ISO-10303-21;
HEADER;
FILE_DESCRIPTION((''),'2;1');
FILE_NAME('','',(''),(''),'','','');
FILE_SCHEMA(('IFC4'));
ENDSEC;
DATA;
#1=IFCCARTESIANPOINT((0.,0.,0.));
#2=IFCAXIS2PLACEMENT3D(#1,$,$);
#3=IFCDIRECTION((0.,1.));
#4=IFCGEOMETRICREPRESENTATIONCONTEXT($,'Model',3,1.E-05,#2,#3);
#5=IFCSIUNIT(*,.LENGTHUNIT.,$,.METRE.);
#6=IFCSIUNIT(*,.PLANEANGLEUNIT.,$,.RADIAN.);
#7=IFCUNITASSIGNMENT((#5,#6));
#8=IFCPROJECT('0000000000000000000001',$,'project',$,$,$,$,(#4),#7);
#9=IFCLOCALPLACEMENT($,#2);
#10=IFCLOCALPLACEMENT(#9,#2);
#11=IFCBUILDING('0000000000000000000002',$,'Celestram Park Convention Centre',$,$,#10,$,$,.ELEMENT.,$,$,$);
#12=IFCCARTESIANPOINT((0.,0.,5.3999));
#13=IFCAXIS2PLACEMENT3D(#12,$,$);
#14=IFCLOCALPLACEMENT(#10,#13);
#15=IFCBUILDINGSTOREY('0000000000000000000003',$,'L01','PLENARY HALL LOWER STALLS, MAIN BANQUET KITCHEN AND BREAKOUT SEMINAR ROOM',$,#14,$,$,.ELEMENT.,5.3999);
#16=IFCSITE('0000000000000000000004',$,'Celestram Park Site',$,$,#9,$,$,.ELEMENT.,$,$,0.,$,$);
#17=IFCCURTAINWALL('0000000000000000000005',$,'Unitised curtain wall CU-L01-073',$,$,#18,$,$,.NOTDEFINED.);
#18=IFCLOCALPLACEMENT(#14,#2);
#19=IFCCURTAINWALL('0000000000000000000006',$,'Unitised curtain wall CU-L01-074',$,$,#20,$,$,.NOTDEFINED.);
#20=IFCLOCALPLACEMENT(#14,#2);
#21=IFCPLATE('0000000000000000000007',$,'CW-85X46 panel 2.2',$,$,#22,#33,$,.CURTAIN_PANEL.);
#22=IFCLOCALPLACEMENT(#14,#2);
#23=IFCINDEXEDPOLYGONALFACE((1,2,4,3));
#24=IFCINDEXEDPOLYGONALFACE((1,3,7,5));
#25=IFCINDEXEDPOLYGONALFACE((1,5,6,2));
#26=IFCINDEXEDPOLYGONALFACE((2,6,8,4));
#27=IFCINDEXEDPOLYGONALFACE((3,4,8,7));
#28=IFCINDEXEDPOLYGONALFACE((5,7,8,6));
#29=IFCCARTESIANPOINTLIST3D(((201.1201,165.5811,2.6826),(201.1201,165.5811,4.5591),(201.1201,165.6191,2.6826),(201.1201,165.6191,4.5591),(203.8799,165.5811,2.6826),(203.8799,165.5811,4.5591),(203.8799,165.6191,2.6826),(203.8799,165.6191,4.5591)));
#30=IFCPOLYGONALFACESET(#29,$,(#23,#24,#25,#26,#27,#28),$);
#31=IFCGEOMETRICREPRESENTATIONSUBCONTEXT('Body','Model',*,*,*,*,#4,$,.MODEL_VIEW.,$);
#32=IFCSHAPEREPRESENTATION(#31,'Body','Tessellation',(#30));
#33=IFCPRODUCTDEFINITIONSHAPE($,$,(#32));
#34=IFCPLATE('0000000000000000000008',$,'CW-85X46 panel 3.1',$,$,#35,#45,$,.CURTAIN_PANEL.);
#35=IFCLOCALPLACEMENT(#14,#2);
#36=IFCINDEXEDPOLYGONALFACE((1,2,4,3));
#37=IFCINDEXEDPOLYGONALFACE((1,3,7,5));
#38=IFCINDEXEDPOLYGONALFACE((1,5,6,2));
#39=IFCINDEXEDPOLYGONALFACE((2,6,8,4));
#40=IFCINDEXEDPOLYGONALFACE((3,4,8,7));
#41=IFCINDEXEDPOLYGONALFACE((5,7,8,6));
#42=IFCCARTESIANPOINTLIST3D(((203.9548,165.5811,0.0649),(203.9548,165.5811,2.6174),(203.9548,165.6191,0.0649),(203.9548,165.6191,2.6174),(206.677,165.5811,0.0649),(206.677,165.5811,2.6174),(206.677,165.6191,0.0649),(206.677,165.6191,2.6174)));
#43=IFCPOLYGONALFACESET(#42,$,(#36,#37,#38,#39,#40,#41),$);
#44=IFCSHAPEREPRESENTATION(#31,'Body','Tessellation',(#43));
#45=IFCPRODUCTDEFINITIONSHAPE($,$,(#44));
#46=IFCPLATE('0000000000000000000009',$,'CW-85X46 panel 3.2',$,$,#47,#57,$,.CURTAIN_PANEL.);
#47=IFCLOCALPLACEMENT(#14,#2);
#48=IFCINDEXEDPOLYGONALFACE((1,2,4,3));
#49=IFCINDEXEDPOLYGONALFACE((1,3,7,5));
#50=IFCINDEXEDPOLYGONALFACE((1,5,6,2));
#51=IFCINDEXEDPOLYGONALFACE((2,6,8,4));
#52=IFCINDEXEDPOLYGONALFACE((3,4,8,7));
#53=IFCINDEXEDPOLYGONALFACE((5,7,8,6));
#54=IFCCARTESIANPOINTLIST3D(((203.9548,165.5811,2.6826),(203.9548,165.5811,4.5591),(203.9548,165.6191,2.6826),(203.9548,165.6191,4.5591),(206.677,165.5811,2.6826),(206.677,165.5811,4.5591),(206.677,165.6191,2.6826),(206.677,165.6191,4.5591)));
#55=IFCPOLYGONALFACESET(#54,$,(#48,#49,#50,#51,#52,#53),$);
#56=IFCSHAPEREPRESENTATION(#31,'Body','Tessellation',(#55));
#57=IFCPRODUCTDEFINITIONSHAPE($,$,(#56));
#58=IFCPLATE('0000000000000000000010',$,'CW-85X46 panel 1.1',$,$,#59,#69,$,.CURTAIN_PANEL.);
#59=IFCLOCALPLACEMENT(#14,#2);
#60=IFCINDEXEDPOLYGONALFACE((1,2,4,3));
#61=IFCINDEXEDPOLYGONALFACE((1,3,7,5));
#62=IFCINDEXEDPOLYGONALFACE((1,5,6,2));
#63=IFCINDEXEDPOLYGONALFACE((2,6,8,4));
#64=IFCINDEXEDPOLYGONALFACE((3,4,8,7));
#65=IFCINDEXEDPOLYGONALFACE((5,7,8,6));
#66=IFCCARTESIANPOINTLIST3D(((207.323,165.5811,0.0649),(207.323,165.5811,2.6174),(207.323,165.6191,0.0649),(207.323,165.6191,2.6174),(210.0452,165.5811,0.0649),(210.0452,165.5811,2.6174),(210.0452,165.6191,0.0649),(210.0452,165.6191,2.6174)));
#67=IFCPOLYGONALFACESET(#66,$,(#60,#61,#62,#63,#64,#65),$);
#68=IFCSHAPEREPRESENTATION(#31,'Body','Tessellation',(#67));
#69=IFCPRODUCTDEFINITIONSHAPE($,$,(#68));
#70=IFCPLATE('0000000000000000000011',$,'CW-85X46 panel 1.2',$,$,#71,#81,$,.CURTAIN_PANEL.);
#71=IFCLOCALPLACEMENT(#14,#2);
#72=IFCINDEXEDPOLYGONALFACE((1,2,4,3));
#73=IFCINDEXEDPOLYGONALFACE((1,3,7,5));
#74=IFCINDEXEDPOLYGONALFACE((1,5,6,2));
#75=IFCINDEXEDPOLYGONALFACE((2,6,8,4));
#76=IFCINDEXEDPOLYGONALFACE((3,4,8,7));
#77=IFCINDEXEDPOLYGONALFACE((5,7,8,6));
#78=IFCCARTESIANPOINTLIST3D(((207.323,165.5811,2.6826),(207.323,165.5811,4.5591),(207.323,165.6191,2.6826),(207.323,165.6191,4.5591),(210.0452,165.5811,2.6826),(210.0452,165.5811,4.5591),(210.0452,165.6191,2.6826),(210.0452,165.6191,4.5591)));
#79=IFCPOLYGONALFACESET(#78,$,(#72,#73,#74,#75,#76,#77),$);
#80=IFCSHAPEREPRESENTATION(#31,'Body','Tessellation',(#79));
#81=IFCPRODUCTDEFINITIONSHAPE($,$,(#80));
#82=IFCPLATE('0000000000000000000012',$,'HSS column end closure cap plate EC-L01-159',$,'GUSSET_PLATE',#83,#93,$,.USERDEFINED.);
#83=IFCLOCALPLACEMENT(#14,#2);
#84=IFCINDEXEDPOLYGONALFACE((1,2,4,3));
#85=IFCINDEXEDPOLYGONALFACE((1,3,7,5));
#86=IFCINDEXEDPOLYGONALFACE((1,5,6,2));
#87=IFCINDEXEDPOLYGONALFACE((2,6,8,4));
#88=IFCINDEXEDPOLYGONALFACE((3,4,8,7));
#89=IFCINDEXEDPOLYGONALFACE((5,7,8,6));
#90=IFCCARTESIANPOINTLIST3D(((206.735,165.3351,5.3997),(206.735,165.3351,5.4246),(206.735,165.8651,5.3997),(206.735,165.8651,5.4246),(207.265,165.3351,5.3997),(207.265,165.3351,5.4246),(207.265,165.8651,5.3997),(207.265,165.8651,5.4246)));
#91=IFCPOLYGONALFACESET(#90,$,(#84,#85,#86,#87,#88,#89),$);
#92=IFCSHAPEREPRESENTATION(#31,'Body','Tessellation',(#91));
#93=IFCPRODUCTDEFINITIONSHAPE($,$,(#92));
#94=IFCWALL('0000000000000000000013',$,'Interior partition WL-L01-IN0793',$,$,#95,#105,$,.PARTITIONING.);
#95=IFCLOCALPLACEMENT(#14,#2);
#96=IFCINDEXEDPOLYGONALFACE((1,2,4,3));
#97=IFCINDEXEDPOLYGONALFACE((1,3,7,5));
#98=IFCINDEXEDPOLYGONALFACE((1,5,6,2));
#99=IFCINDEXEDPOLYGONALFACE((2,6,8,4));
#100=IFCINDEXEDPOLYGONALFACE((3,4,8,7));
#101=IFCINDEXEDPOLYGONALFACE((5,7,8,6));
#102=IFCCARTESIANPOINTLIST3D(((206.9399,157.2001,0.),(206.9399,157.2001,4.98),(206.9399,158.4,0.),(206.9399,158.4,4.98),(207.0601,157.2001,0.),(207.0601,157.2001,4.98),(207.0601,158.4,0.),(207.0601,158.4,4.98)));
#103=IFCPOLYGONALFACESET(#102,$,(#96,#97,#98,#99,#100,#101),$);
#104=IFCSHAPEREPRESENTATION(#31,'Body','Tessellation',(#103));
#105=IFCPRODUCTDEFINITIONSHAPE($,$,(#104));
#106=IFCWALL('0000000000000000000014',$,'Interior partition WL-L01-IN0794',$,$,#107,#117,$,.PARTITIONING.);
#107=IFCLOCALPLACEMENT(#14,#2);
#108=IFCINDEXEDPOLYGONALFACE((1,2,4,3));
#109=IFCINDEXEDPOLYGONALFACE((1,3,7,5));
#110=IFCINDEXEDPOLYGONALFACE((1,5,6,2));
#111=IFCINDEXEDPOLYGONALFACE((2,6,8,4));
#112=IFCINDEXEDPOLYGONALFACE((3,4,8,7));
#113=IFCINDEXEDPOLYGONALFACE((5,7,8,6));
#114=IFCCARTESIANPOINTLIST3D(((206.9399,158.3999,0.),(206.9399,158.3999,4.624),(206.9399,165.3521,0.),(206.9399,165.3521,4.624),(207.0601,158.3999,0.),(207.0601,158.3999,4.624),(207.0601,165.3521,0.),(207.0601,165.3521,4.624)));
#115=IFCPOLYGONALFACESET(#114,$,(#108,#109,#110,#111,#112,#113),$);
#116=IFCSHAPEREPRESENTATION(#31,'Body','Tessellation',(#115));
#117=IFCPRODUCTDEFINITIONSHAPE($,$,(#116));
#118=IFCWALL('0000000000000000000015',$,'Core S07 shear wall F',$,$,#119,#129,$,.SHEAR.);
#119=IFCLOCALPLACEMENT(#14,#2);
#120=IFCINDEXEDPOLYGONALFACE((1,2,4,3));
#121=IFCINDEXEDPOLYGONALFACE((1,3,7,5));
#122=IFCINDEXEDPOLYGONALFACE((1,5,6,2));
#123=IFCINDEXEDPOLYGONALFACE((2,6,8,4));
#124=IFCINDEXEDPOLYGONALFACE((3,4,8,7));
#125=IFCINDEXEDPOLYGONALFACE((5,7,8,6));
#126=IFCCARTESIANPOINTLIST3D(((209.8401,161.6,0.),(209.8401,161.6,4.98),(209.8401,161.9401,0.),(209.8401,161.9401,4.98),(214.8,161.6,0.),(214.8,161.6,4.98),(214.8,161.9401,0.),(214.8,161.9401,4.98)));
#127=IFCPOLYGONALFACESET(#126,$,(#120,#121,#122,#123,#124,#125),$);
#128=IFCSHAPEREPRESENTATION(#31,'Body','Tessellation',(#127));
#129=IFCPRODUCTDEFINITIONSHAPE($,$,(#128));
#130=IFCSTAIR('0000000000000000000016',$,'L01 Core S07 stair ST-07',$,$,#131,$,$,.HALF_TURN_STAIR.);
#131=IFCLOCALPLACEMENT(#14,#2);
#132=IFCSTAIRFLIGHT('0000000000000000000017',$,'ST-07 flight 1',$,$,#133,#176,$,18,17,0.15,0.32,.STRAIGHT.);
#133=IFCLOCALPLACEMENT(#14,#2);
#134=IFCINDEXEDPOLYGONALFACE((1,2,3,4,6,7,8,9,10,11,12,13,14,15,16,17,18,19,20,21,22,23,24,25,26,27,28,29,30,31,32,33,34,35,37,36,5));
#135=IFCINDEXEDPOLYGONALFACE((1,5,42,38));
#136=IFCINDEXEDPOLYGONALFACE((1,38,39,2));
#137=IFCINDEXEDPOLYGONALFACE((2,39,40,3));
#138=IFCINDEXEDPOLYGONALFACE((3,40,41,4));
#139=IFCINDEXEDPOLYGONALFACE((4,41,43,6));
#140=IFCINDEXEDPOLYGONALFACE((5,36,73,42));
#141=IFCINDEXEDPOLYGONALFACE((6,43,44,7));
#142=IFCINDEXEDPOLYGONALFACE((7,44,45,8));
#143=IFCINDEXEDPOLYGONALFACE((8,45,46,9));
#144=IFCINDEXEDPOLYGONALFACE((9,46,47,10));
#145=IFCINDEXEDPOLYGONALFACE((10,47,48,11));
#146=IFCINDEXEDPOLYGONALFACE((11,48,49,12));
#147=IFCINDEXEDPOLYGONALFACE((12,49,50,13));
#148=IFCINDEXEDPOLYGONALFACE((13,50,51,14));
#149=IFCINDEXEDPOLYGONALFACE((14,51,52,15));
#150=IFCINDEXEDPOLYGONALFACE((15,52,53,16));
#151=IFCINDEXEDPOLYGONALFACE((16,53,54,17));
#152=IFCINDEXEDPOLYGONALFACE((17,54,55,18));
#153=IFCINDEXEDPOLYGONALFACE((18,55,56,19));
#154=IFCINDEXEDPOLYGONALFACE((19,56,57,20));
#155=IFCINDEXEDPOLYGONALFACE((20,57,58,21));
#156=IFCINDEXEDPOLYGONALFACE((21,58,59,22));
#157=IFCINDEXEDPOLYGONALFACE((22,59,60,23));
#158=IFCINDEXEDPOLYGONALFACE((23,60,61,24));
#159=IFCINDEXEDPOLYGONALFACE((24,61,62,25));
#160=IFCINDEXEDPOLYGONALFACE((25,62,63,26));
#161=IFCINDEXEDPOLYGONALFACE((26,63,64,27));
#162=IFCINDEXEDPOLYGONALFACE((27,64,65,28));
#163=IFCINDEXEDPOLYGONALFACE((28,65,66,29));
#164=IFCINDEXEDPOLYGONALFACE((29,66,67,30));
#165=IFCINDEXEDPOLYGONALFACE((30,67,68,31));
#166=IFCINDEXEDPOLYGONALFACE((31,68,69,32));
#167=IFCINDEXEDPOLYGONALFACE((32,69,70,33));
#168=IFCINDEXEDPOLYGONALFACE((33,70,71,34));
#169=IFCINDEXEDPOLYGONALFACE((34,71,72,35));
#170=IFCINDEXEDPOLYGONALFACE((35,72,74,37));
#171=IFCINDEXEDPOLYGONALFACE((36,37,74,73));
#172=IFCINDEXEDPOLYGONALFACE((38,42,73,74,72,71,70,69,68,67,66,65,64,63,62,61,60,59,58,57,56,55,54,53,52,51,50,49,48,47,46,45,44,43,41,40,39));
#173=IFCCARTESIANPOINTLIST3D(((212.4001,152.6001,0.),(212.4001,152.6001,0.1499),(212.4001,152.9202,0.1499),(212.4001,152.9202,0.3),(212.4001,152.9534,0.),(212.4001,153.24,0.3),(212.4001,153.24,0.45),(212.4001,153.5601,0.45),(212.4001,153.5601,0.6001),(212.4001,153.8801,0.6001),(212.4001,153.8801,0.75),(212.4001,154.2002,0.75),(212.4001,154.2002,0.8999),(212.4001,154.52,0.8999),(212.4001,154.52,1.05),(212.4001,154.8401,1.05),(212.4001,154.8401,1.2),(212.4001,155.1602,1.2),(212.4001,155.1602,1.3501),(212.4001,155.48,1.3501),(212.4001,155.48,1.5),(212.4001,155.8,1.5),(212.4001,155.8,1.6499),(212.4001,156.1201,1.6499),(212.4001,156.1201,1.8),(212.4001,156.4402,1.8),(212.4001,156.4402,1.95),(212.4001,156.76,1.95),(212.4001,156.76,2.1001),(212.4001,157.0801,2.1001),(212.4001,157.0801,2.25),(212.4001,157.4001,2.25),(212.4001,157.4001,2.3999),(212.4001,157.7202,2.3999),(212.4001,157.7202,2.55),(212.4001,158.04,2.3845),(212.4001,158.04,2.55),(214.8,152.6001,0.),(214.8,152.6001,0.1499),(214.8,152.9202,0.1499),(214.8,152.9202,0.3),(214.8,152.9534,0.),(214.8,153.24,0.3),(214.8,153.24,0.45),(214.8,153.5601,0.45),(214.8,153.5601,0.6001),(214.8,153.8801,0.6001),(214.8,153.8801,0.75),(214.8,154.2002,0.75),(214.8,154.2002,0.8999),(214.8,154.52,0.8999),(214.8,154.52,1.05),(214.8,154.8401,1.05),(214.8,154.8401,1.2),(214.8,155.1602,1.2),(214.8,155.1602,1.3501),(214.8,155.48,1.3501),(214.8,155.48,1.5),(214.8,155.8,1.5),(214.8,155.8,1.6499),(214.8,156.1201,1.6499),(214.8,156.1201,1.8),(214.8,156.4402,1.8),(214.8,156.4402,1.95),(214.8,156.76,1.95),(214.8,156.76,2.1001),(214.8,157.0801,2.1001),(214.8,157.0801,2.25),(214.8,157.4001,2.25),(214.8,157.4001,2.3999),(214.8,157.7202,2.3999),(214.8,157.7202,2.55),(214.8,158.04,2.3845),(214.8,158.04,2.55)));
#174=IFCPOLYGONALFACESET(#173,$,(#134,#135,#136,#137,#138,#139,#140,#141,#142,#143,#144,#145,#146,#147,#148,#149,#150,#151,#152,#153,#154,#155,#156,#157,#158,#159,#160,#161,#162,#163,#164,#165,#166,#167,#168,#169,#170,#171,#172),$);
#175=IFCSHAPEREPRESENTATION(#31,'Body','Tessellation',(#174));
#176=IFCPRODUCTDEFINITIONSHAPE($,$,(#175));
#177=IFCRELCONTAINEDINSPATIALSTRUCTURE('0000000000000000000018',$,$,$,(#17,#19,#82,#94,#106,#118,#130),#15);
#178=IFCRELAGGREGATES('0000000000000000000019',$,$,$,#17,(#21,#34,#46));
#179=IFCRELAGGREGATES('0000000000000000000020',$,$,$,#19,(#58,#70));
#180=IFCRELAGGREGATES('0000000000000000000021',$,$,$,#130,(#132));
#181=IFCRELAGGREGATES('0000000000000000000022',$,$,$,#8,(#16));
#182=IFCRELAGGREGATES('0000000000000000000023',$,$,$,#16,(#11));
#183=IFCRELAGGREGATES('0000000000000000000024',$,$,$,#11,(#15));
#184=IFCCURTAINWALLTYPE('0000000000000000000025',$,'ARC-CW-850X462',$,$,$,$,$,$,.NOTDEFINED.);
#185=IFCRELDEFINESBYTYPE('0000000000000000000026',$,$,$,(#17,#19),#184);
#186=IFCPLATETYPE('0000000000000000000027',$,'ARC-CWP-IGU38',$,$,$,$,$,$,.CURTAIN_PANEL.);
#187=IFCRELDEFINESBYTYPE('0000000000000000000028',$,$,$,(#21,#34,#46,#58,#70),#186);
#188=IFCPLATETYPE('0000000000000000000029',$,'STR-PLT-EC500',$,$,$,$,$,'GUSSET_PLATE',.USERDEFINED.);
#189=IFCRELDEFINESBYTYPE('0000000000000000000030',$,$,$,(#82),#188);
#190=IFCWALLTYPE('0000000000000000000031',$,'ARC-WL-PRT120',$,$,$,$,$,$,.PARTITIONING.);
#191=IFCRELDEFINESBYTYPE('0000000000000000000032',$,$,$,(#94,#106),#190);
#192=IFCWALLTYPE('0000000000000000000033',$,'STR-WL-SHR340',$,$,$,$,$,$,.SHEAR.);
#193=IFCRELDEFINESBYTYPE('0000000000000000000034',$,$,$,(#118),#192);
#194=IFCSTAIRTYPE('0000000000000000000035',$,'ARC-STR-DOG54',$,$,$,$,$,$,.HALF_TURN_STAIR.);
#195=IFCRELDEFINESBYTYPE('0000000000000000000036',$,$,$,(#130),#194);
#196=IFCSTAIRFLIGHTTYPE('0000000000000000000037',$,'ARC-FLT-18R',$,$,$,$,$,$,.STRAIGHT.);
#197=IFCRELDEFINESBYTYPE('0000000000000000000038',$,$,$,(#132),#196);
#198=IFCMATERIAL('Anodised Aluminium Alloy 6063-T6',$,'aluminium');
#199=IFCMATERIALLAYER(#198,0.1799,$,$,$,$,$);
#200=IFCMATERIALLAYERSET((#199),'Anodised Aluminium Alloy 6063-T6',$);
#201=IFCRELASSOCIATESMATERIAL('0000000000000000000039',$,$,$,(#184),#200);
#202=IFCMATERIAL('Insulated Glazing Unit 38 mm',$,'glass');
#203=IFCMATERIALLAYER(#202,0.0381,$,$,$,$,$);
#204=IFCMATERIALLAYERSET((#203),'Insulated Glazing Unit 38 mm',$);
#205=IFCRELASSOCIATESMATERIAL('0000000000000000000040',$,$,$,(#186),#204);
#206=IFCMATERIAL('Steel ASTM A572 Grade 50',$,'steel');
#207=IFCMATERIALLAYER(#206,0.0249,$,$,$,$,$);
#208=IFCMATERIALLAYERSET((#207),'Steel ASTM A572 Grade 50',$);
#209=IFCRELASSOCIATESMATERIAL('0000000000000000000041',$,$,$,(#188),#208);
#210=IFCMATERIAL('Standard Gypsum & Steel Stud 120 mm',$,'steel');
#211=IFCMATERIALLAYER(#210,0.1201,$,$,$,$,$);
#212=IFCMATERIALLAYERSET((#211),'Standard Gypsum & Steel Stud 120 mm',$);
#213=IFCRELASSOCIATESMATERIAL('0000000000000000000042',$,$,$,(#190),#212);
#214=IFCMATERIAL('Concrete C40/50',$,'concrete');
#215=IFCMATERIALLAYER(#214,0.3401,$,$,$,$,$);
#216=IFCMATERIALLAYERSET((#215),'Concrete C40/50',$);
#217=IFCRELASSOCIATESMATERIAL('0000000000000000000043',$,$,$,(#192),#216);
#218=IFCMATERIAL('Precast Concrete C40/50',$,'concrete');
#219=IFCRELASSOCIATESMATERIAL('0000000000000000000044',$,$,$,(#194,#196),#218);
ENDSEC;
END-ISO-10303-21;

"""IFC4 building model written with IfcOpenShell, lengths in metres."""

from ifc_helpers import new_model, si_unit, direction, frame, frame_2d, origin, origin_2d, place, context, subcontext, project, spatial, polyline, rectangle, outline, extrude, material, layer, layer_set, type_object, element, aggregate, save


model = new_model("IFC4")

# Units and contexts
model_context = context("Model", 3, precision=1e-05, world=origin(), true_north=direction((0.0, 1.0)))
body_context = subcontext(model_context, "Body", "Model", "MODEL_VIEW")
ifc_project = project(units=[si_unit("LENGTHUNIT", "METRE"), si_unit("PLANEANGLEUNIT", "RADIAN")], contexts=[model_context])

# Site, building, storey
site_placement = place(None, origin())
site = spatial("IfcSite", under=ifc_project, at=site_placement, Name="Celestram Park Site", CompositionType="ELEMENT", RefElevation=0.0)
building_placement = place(site_placement, origin())
building = spatial("IfcBuilding", under=site, at=building_placement, Name="Celestram Park Convention Centre", CompositionType="ELEMENT")
storey_placement = place(building_placement, frame((0.0, 0.0, 5.3999)))
storey = spatial("IfcBuildingStorey", under=building, at=storey_placement, Name="L01", Description="PLENARY HALL LOWER STALLS, MAIN BANQUET KITCHEN AND BREAKOUT SEMINAR ROOM", CompositionType="ELEMENT", Elevation=5.3999)

# Curtain walls
ifc_material_1 = material(Name="Anodised Aluminium Alloy 6063-T6", Category="aluminium")
ifc_layer_1 = layer(ifc_material_1, 0.1799)
ifc_layer_set_1 = layer_set([ifc_layer_1], Name="Anodised Aluminium Alloy 6063-T6")
curtain_wall_type = type_object("IfcCurtainWallType", Name="ARC-CW-850X462", PredefinedType="NOTDEFINED", material=ifc_layer_set_1)
curtain_wall_1_placement = place(storey_placement, origin())
curtain_wall_1 = element("IfcCurtainWall", 1, at=curtain_wall_1_placement, inside=storey, type_object=curtain_wall_type, Name="Unitised curtain wall CU-L01-073", PredefinedType="NOTDEFINED")
curtain_wall_2_placement = place(storey_placement, origin())
curtain_wall_2 = element("IfcCurtainWall", 2, at=curtain_wall_2_placement, inside=storey, type_object=curtain_wall_type, Name="Unitised curtain wall CU-L01-074", PredefinedType="NOTDEFINED")

# Plates
ifc_material_2 = material(Name="Insulated Glazing Unit 38 mm", Category="glass")
ifc_layer_2 = layer(ifc_material_2, 0.0381)
ifc_layer_set_2 = layer_set([ifc_layer_2], Name="Insulated Glazing Unit 38 mm")
plate_type_1 = type_object("IfcPlateType", Name="ARC-CWP-IGU38", PredefinedType="CURTAIN_PANEL", material=ifc_layer_set_2)
plate_1_placement = place(storey_placement, frame((202.5, 165.6001, 2.6826), z_axis=(0.0, 0.0, 1.0), x_axis=(1.0, 0.0, 0.0)))
plate_1 = element("IfcPlate", 3, at=plate_1_placement, type_object=plate_type_1, Name="CW-85X46 panel 2.2", PredefinedType="CURTAIN_PANEL", context=body_context, shape_type="SweptSolid", body=[
    extrude(rectangle(XDim=2.7598, YDim=0.0381, at=origin_2d()), origin(), (0.0, 0.0, 1.0), 1.8765),
])
plate_2_placement = place(storey_placement, frame((205.3159, 165.6001, 0.0649), z_axis=(0.0, 0.0, 1.0), x_axis=(1.0, 0.0, 0.0)))
plate_2 = element("IfcPlate", 4, at=plate_2_placement, type_object=plate_type_1, Name="CW-85X46 panel 3.1", PredefinedType="CURTAIN_PANEL", context=body_context, shape_type="SweptSolid", body=[
    extrude(rectangle(XDim=2.7222, YDim=0.0381, at=origin_2d()), origin(), (0.0, 0.0, 1.0), 2.5525),
])
plate_3_placement = place(storey_placement, frame((205.3159, 165.6001, 2.6826), z_axis=(0.0, 0.0, 1.0), x_axis=(1.0, 0.0, 0.0)))
plate_3 = element("IfcPlate", 5, at=plate_3_placement, type_object=plate_type_1, Name="CW-85X46 panel 3.2", PredefinedType="CURTAIN_PANEL", context=body_context, shape_type="SweptSolid", body=[
    extrude(rectangle(XDim=2.7222, YDim=0.0381, at=origin_2d()), origin(), (0.0, 0.0, 1.0), 1.8765),
])
aggregate(curtain_wall_1, [plate_1, plate_2, plate_3])
plate_4_placement = place(storey_placement, frame((208.6841, 165.6001, 0.0649), z_axis=(0.0, 0.0, 1.0), x_axis=(1.0, 0.0, 0.0)))
plate_4 = element("IfcPlate", 6, at=plate_4_placement, type_object=plate_type_1, Name="CW-85X46 panel 1.1", PredefinedType="CURTAIN_PANEL", context=body_context, shape_type="SweptSolid", body=[
    extrude(rectangle(XDim=2.7222, YDim=0.0381, at=origin_2d()), origin(), (0.0, 0.0, 1.0), 2.5525),
])
plate_5_placement = place(storey_placement, frame((208.6841, 165.6001, 2.6826), z_axis=(0.0, 0.0, 1.0), x_axis=(1.0, 0.0, 0.0)))
plate_5 = element("IfcPlate", 7, at=plate_5_placement, type_object=plate_type_1, Name="CW-85X46 panel 1.2", PredefinedType="CURTAIN_PANEL", context=body_context, shape_type="SweptSolid", body=[
    extrude(rectangle(XDim=2.7222, YDim=0.0381, at=origin_2d()), origin(), (0.0, 0.0, 1.0), 1.8765),
])
aggregate(curtain_wall_2, [plate_4, plate_5])
ifc_material_3 = material(Name="Steel ASTM A572 Grade 50", Category="steel")
ifc_layer_3 = layer(ifc_material_3, 0.0249)
ifc_layer_set_3 = layer_set([ifc_layer_3], Name="Steel ASTM A572 Grade 50")
plate_type_2 = type_object("IfcPlateType", Name="STR-PLT-EC500", ElementType="GUSSET_PLATE", PredefinedType="USERDEFINED", material=ifc_layer_set_3)
plate_6_placement = place(storey_placement, frame((207.0, 165.6001, 5.3997), z_axis=(0.0, 0.0, 1.0), x_axis=(1.0, 0.0, 0.0)))
element("IfcPlate", 8, at=plate_6_placement, inside=storey, type_object=plate_type_2, Name="HSS column end closure cap plate EC-L01-159", ObjectType="GUSSET_PLATE", PredefinedType="USERDEFINED", context=body_context, shape_type="SweptSolid", body=[
    extrude(rectangle(XDim=0.53, YDim=0.53, at=origin_2d()), origin(), (0.0, 0.0, 1.0), 0.0249),
])

# Walls
ifc_material_4 = material(Name="Standard Gypsum & Steel Stud 120 mm", Category="steel")
ifc_layer_4 = layer(ifc_material_4, 0.1201)
ifc_layer_set_4 = layer_set([ifc_layer_4], Name="Standard Gypsum & Steel Stud 120 mm")
wall_type_1 = type_object("IfcWallType", Name="ARC-WL-PRT120", PredefinedType="PARTITIONING", material=ifc_layer_set_4)
wall_1_placement = place(storey_placement, frame((207.0, 157.2, 0.0), z_axis=(0.0, 0.0, 1.0), x_axis=(0.0, 1.0, 0.0)))
element("IfcWall", 9, at=wall_1_placement, inside=storey, type_object=wall_type_1, Name="Interior partition WL-L01-IN0793", PredefinedType="PARTITIONING", context=body_context, shape_type="SweptSolid", body=[
    extrude(rectangle(XDim=1.2, YDim=0.1201, at=frame_2d((0.6001, 0.0))), origin(), (0.0, 0.0, 1.0), 4.98),
])
wall_2_placement = place(storey_placement, frame((207.0, 158.3999, 0.0), z_axis=(0.0, 0.0, 1.0), x_axis=(0.0, 1.0, 0.0)))
element("IfcWall", 10, at=wall_2_placement, inside=storey, type_object=wall_type_1, Name="Interior partition WL-L01-IN0794", PredefinedType="PARTITIONING", context=body_context, shape_type="SweptSolid", body=[
    extrude(rectangle(XDim=6.9521, YDim=0.1201, at=frame_2d((3.4761, 0.0))), origin(), (0.0, 0.0, 1.0), 4.624),
])
ifc_material_5 = material(Name="Concrete C40/50", Category="concrete")
ifc_layer_5 = layer(ifc_material_5, 0.3401)
ifc_layer_set_5 = layer_set([ifc_layer_5], Name="Concrete C40/50")
wall_type_2 = type_object("IfcWallType", Name="STR-WL-SHR340", PredefinedType="SHEAR", material=ifc_layer_set_5)
wall_3_placement = place(storey_placement, frame((209.8401, 161.77, 0.0), z_axis=(0.0, 0.0, 1.0), x_axis=(1.0, 0.0, 0.0)))
element("IfcWall", 11, at=wall_3_placement, inside=storey, type_object=wall_type_2, Name="Core S07 shear wall F", PredefinedType="SHEAR", context=body_context, shape_type="SweptSolid", body=[
    extrude(rectangle(XDim=4.96, YDim=0.3401, at=frame_2d((2.48, 0.0))), origin(), (0.0, 0.0, 1.0), 4.98),
])

# Stair, stair flight
ifc_material_6 = material(Name="Precast Concrete C40/50", Category="concrete")
stair_type = type_object("IfcStairType", Name="ARC-STR-DOG54", PredefinedType="HALF_TURN_STAIR", material=ifc_material_6)
stair_placement = place(storey_placement, origin())
stair = element("IfcStair", 12, at=stair_placement, inside=storey, type_object=stair_type, Name="L01 Core S07 stair ST-07", PredefinedType="HALF_TURN_STAIR")
stair_flight_type = type_object("IfcStairFlightType", Name="ARC-FLT-18R", PredefinedType="STRAIGHT", material=ifc_material_6)
stair_flight_1_placement = place(storey_placement, frame((213.6001, 152.6001, 0.0), z_axis=(0.0, 0.0, 1.0), x_axis=(0.0, 1.0, 0.0)))
stair_flight_1 = element("IfcStairFlight", 13, at=stair_flight_1_placement, type_object=stair_flight_type, Name="ST-07 flight 1", NumberOfRisers=18, NumberOfTreads=17, PredefinedType="STRAIGHT", RiserHeight=0.15, TreadLength=0.32, context=body_context, shape_type="SweptSolid", body=[
    extrude(outline(polyline([(0.0, 0.0), (0.0, 0.1499), (0.3201, 0.1499), (0.3201, 0.3), (0.6399, 0.3), (0.6399, 0.45), (0.96, 0.45), (0.96, 0.6001), (1.28, 0.6001), (1.28, 0.75), (1.6001, 0.75), (1.6001, 0.8999), (1.9199, 0.8999), (1.9199, 1.05), (2.24, 1.05), (2.24, 1.2), (2.5601, 1.2), (2.5601, 1.3501), (2.8799, 1.3501), (2.8799, 1.5), (3.2, 1.5), (3.2, 1.6499), (3.52, 1.6499), (3.52, 1.8), (3.8401, 1.8), (3.8401, 1.95), (4.1599, 1.95), (4.1599, 2.1001), (4.48, 2.1001), (4.48, 2.25), (4.8, 2.25), (4.8, 2.3999), (5.1201, 2.3999), (5.1201, 2.55), (5.4399, 2.55), (5.4399, 2.7), (5.4399, 2.3845), (0.3533, 0.0), (0.0, 0.0)])), frame((0.0, 1.2, 0.0), z_axis=(0.0, -1.0, 0.0), x_axis=(1.0, 0.0, 0.0)), (0.0, 0.0, 1.0), 2.3999),
])
aggregate(stair, [stair_flight_1])

save(model, "model.ifc")
